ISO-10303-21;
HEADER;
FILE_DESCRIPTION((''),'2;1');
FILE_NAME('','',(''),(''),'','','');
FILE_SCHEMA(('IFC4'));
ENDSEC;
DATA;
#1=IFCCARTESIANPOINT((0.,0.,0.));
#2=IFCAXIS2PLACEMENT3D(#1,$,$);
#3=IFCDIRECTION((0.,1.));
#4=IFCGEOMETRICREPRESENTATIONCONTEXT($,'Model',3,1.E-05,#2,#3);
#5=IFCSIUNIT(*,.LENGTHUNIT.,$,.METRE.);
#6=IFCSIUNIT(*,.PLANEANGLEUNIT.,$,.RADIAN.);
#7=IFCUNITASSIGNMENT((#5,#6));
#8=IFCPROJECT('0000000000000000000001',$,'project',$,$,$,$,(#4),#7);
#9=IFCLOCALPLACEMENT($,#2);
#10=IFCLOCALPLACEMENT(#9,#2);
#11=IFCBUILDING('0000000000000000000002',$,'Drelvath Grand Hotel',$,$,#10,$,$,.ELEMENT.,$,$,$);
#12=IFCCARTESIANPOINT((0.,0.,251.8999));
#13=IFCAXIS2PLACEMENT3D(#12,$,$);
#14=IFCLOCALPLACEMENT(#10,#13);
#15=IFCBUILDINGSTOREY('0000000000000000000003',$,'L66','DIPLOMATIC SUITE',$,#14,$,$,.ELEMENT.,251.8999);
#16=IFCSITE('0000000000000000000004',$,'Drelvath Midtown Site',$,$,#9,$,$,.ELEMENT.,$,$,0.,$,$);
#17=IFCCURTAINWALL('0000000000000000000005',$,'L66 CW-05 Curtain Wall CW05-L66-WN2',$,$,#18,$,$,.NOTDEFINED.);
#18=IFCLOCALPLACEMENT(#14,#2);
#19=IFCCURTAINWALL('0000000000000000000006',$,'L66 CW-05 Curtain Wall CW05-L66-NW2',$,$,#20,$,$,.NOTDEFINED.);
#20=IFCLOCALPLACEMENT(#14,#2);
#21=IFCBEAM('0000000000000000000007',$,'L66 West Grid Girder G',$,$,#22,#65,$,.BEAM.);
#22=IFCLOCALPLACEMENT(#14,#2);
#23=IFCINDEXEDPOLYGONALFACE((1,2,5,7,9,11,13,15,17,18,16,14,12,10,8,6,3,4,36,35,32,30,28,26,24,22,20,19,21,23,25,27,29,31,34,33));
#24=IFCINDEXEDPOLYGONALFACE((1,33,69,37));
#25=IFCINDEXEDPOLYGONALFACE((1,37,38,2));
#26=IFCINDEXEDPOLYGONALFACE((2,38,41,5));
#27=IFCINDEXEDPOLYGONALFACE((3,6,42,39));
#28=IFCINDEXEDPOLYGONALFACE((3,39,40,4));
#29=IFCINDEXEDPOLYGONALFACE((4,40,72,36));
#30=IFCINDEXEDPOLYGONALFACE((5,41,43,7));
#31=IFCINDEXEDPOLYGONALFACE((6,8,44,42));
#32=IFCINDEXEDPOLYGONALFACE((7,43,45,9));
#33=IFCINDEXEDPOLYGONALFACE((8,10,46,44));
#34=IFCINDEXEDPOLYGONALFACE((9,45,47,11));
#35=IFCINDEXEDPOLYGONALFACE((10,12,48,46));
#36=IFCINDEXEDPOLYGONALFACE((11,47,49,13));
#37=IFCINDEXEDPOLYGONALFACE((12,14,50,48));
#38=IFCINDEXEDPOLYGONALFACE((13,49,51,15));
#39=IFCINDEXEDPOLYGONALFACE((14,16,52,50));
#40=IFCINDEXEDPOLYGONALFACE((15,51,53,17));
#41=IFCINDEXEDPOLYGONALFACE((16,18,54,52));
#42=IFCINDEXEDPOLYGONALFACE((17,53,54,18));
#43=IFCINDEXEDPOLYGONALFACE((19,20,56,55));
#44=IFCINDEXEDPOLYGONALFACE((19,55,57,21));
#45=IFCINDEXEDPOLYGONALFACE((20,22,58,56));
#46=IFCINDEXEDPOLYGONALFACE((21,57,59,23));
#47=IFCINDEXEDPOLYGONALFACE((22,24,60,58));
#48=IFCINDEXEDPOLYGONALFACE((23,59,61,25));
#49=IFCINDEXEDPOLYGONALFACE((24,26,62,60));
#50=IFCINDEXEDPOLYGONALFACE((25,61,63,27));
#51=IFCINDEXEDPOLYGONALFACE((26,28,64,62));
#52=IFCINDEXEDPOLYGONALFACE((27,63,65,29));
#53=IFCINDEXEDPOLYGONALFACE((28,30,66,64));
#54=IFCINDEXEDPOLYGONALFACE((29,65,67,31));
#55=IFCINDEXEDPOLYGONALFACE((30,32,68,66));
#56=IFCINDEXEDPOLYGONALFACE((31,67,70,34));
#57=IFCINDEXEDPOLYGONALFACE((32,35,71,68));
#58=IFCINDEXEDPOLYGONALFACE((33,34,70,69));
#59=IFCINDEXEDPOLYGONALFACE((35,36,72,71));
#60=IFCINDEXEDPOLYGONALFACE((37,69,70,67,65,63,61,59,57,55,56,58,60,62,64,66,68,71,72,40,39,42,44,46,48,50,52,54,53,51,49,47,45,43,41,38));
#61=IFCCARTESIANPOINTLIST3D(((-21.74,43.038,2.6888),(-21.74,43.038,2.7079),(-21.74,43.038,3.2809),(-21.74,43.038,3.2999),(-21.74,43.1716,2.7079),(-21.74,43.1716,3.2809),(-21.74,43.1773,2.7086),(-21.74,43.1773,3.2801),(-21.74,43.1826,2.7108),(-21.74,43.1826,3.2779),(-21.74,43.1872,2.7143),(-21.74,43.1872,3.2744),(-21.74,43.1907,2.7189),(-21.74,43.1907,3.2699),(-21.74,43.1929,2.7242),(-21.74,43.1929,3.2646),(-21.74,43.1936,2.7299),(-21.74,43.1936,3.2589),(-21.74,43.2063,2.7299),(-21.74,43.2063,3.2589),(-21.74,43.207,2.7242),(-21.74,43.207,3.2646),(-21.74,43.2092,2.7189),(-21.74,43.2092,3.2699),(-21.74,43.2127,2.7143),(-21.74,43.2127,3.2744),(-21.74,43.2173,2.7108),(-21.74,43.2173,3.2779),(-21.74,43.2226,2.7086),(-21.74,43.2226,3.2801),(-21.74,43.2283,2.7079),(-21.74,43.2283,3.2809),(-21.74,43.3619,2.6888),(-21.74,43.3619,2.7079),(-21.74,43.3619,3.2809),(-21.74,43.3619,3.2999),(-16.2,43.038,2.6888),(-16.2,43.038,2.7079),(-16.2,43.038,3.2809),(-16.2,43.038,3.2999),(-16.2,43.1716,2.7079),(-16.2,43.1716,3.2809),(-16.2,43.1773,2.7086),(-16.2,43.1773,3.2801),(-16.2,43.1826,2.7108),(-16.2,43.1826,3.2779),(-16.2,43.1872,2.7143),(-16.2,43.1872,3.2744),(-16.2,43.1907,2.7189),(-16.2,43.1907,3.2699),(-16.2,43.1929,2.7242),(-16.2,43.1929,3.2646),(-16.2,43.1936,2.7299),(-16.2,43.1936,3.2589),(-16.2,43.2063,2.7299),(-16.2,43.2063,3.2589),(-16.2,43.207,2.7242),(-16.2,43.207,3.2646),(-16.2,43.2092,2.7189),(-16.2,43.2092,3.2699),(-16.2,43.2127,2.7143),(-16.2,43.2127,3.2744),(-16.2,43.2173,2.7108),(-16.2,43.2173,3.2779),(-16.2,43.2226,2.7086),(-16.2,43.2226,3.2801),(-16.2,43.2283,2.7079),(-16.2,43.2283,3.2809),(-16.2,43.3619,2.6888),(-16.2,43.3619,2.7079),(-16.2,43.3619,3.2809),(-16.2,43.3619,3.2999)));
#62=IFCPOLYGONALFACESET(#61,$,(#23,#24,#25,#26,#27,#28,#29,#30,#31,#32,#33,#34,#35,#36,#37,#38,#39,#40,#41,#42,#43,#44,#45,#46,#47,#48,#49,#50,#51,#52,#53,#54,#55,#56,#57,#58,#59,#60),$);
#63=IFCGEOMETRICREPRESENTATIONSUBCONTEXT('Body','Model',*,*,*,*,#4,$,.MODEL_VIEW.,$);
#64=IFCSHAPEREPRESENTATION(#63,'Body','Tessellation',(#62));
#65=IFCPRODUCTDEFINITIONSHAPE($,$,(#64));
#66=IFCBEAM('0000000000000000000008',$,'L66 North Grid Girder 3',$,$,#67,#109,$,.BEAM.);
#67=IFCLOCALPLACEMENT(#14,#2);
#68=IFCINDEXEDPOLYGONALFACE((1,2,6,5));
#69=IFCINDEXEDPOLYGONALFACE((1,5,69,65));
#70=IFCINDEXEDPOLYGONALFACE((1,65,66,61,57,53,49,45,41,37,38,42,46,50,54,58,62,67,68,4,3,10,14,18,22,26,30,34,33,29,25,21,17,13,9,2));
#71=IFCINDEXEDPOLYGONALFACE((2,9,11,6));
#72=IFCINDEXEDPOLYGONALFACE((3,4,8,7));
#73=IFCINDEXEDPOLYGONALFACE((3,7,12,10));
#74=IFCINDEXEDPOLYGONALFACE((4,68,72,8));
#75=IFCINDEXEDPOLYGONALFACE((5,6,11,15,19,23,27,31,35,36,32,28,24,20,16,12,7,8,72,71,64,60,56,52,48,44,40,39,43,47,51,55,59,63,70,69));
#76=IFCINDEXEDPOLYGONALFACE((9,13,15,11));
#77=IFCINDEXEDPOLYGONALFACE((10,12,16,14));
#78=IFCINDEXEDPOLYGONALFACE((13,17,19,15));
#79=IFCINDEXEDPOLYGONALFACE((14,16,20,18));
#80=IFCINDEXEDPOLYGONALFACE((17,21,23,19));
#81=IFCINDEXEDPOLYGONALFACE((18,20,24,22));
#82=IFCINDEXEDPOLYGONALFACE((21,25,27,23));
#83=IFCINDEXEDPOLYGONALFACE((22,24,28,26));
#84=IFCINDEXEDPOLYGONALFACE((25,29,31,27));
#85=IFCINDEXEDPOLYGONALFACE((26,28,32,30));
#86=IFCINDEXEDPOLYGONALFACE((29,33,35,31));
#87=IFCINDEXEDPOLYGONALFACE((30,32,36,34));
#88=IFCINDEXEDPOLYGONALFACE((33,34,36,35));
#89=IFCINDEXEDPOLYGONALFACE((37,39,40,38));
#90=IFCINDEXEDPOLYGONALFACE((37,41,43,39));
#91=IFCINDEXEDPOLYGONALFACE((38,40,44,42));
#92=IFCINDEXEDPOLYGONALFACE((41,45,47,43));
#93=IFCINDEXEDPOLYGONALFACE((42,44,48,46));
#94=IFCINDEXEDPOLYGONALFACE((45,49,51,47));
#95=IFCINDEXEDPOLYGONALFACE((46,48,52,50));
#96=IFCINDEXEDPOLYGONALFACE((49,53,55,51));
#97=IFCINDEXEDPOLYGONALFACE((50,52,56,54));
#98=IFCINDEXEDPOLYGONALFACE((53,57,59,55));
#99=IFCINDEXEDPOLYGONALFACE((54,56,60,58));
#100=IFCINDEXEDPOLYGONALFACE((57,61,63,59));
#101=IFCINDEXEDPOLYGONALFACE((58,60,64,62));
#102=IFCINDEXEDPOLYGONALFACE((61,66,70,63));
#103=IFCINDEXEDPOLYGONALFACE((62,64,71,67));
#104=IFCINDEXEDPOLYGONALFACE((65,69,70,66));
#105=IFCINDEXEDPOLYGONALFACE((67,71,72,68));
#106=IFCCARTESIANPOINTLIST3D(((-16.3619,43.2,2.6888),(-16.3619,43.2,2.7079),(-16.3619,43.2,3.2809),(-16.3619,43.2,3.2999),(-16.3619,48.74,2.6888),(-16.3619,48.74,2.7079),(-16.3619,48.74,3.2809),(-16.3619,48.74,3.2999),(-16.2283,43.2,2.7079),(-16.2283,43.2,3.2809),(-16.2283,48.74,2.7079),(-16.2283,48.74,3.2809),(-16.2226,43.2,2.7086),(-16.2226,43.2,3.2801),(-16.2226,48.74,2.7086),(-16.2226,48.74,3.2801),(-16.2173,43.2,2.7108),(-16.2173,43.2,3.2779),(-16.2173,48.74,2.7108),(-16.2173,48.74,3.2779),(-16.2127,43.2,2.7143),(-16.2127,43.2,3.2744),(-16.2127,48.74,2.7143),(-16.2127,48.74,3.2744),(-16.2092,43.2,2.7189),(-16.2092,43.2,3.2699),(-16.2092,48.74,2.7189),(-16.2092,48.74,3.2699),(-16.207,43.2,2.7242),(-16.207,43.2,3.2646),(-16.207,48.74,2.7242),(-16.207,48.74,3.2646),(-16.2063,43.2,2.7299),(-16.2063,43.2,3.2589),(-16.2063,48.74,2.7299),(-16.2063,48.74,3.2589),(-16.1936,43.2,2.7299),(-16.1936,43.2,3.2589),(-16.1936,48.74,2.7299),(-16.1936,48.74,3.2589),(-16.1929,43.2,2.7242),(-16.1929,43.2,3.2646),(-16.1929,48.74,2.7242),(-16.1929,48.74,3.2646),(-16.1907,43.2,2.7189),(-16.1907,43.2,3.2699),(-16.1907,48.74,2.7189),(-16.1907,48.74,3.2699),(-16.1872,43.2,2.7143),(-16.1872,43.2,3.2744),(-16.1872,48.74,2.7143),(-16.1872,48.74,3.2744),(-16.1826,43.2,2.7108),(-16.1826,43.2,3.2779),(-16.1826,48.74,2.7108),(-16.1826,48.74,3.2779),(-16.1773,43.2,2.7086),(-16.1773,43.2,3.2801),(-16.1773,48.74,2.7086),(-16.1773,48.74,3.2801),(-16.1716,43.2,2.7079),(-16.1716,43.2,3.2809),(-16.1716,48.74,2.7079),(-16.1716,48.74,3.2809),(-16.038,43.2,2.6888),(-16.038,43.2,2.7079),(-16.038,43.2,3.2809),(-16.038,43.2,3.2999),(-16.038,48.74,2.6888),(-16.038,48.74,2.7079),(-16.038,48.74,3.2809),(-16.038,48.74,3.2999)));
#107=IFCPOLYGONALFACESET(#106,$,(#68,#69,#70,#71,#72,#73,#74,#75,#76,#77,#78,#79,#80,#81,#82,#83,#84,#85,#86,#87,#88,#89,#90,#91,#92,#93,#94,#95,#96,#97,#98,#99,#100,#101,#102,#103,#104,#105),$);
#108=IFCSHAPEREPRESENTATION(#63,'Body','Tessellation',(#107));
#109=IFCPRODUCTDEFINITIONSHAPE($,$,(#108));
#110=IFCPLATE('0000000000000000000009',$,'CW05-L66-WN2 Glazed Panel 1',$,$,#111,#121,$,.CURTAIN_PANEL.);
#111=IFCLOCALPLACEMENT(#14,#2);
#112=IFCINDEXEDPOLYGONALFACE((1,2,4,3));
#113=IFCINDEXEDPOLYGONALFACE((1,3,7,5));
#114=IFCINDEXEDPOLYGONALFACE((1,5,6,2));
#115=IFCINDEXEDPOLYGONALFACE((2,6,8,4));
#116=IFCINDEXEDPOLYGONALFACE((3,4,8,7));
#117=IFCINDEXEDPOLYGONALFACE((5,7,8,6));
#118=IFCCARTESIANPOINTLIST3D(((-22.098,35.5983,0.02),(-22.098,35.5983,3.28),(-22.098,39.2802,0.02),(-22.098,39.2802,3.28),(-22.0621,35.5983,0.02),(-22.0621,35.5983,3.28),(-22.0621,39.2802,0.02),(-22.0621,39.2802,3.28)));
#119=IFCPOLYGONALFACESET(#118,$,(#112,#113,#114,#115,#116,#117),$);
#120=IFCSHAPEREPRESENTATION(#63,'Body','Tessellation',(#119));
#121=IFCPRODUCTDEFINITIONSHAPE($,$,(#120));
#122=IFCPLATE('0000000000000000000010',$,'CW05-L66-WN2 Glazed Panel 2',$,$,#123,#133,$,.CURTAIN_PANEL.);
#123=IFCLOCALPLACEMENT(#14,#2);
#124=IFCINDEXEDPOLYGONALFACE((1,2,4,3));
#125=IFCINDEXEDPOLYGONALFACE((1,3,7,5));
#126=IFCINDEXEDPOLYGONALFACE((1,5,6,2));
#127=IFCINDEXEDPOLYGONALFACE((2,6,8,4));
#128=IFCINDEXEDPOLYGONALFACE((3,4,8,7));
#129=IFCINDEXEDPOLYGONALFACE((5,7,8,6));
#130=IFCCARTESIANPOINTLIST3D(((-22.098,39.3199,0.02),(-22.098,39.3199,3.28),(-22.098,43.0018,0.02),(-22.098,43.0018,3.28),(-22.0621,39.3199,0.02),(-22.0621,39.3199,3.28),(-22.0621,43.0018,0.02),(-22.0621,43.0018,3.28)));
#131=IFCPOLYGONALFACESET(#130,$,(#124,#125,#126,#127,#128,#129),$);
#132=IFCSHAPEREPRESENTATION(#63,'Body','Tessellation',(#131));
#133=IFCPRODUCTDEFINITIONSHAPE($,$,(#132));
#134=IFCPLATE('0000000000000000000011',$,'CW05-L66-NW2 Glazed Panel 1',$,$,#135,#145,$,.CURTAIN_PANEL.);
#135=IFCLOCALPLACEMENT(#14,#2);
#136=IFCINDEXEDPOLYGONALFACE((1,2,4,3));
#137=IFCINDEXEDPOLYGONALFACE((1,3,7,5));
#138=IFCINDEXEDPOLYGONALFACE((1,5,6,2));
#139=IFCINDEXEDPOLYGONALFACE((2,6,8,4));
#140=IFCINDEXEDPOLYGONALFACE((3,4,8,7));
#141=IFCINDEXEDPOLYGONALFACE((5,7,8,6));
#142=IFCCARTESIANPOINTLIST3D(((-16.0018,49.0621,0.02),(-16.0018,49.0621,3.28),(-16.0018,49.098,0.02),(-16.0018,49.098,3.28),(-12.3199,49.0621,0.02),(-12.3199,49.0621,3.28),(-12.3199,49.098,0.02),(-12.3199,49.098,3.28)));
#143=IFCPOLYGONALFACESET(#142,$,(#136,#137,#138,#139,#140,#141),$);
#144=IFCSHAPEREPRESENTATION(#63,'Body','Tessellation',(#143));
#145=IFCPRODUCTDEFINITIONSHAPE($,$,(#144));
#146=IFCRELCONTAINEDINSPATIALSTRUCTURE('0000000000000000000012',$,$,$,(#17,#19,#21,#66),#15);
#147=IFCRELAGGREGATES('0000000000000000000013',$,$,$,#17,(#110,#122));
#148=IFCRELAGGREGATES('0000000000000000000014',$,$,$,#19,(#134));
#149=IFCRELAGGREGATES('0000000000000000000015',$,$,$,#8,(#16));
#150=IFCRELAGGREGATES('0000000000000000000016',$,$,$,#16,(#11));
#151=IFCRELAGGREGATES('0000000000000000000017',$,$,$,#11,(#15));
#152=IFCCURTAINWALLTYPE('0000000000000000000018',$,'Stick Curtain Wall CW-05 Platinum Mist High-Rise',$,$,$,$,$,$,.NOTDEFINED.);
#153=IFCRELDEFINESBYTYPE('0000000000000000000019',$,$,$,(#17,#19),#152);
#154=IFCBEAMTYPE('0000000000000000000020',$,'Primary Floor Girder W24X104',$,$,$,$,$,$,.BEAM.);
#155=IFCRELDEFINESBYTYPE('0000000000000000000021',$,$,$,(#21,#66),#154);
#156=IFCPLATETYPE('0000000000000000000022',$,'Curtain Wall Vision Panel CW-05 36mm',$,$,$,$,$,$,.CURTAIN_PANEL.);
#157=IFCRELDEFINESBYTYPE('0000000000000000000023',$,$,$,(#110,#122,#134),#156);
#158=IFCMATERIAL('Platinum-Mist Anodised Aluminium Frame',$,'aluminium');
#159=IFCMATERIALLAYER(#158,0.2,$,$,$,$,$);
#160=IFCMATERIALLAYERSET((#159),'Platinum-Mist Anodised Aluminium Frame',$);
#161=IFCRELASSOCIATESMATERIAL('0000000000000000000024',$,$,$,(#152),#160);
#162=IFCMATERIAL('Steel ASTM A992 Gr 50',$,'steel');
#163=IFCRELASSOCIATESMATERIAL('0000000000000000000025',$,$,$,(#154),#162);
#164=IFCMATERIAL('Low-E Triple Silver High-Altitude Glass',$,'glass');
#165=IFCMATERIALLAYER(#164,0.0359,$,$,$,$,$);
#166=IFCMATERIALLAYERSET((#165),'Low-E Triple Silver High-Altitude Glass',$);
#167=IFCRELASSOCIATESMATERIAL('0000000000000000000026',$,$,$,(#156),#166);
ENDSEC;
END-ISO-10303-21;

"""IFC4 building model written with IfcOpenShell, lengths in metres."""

from ifc_helpers import new_model, si_unit, direction, frame, origin, origin_2d, place, context, subcontext, project, spatial, rectangle, i_section, extrude, material, layer, layer_set, material_profile, profile_set, type_object, element, aggregate, save


model = new_model("IFC4")

# Units and contexts
model_context = context("Model", 3, precision=1e-05, world=origin(), true_north=direction((0.0, 1.0)))
body_context = subcontext(model_context, "Body", "Model", "MODEL_VIEW")
ifc_project = project(units=[si_unit("LENGTHUNIT", "METRE"), si_unit("PLANEANGLEUNIT", "RADIAN")], contexts=[model_context])

# Site, building, storey
site_placement = place(None, origin())
site = spatial("IfcSite", under=ifc_project, at=site_placement, Name="Drelvath Midtown Site", CompositionType="ELEMENT", RefElevation=0.0)
building_placement = place(site_placement, origin())
building = spatial("IfcBuilding", under=site, at=building_placement, Name="Drelvath Grand Hotel", CompositionType="ELEMENT")
storey_placement = place(building_placement, frame((0.0, 0.0, 251.8999)))
storey = spatial("IfcBuildingStorey", under=building, at=storey_placement, Name="L66", Description="DIPLOMATIC SUITE", CompositionType="ELEMENT", Elevation=251.8999)

# Shared definitions
ifc_material_1 = material(Name="Steel ASTM A992 Gr 50", Category="steel")

# Curtain walls
ifc_material_2 = material(Name="Platinum-Mist Anodised Aluminium Frame", Category="aluminium")
ifc_layer_1 = layer(ifc_material_2, 0.2)
ifc_layer_set_1 = layer_set([ifc_layer_1], Name="Platinum-Mist Anodised Aluminium Frame")
curtain_wall_type = type_object("IfcCurtainWallType", Name="Stick Curtain Wall CW-05 Platinum Mist High-Rise", PredefinedType="NOTDEFINED", material=ifc_layer_set_1)
curtain_wall_1_placement = place(storey_placement, origin())
curtain_wall_1 = element("IfcCurtainWall", 1, at=curtain_wall_1_placement, inside=storey, type_object=curtain_wall_type, Name="L66 CW-05 Curtain Wall CW05-L66-WN2", PredefinedType="NOTDEFINED")
curtain_wall_2_placement = place(storey_placement, origin())
curtain_wall_2 = element("IfcCurtainWall", 2, at=curtain_wall_2_placement, inside=storey, type_object=curtain_wall_type, Name="L66 CW-05 Curtain Wall CW05-L66-NW2", PredefinedType="NOTDEFINED")

# Beams
ifc_material_profile_1 = material_profile(ifc_material_1, i_section(OverallWidth=0.324, OverallDepth=0.6111, WebThickness=0.0127, FlangeThickness=0.019, FilletRadius=0.022, at=origin_2d()), Name="W24X104")
ifc_profile_set_1 = profile_set([ifc_material_profile_1], Name="Steel ASTM A992 Gr 50")
beam_type_1 = type_object("IfcBeamType", Name="Primary Floor Girder W24X104", PredefinedType="BEAM", material=ifc_profile_set_1)
for number, where, z_axis, x_axis, name in (
    (3, (-21.74, 43.2, 2.9944), (1.0, 0.0, 0.0), (0.0, 1.0, 0.0), "L66 West Grid Girder G"),
    (4, (-16.2, 43.2, 2.9944), (0.0, 1.0, 0.0), (-1.0, 0.0, 0.0), "L66 North Grid Girder 3"),
):
    element("IfcBeam", number, at=place(storey_placement, frame(where, z_axis=z_axis, x_axis=x_axis)), inside=storey, type_object=beam_type_1, Name=name, PredefinedType="BEAM", context=body_context, shape_type="SweptSolid", body=[
        extrude(i_section(OverallWidth=0.324, OverallDepth=0.6111, WebThickness=0.0127, FlangeThickness=0.019, FilletRadius=0.022, at=origin_2d()), origin(), (0.0, 0.0, 1.0), 5.54),
    ])

# Plates
ifc_material_3 = material(Name="Low-E Triple Silver High-Altitude Glass", Category="glass")
ifc_layer_2 = layer(ifc_material_3, 0.0359)
ifc_layer_set_2 = layer_set([ifc_layer_2], Name="Low-E Triple Silver High-Altitude Glass")
plate_type = type_object("IfcPlateType", Name="Curtain Wall Vision Panel CW-05 36mm", PredefinedType="CURTAIN_PANEL", material=ifc_layer_set_2)
plate_1_placement = place(storey_placement, frame((-22.0801, 37.4392, 0.02), z_axis=(0.0, 0.0, 1.0), x_axis=(0.0, 1.0, 0.0)))
plate_1 = element("IfcPlate", 5, at=plate_1_placement, type_object=plate_type, Name="CW05-L66-WN2 Glazed Panel 1", PredefinedType="CURTAIN_PANEL", context=body_context, shape_type="SweptSolid", body=[
    extrude(rectangle(XDim=3.6819, YDim=0.0359, at=origin_2d()), origin(), (0.0, 0.0, 1.0), 3.26),
])
plate_2_placement = place(storey_placement, frame((-22.0801, 41.1609, 0.02), z_axis=(0.0, 0.0, 1.0), x_axis=(0.0, 1.0, 0.0)))
plate_2 = element("IfcPlate", 6, at=plate_2_placement, type_object=plate_type, Name="CW05-L66-WN2 Glazed Panel 2", PredefinedType="CURTAIN_PANEL", context=body_context, shape_type="SweptSolid", body=[
    extrude(rectangle(XDim=3.6819, YDim=0.0359, at=origin_2d()), origin(), (0.0, 0.0, 1.0), 3.26),
])
aggregate(curtain_wall_1, [plate_1, plate_2])
plate_3_placement = place(storey_placement, frame((-14.1609, 49.0801, 0.02), z_axis=(0.0, 0.0, 1.0), x_axis=(1.0, 0.0, 0.0)))
plate_3 = element("IfcPlate", 7, at=plate_3_placement, type_object=plate_type, Name="CW05-L66-NW2 Glazed Panel 1", PredefinedType="CURTAIN_PANEL", context=body_context, shape_type="SweptSolid", body=[
    extrude(rectangle(XDim=3.6819, YDim=0.0359, at=origin_2d()), origin(), (0.0, 0.0, 1.0), 3.26),
])
aggregate(curtain_wall_2, [plate_3])

save(model, "model.ifc")
